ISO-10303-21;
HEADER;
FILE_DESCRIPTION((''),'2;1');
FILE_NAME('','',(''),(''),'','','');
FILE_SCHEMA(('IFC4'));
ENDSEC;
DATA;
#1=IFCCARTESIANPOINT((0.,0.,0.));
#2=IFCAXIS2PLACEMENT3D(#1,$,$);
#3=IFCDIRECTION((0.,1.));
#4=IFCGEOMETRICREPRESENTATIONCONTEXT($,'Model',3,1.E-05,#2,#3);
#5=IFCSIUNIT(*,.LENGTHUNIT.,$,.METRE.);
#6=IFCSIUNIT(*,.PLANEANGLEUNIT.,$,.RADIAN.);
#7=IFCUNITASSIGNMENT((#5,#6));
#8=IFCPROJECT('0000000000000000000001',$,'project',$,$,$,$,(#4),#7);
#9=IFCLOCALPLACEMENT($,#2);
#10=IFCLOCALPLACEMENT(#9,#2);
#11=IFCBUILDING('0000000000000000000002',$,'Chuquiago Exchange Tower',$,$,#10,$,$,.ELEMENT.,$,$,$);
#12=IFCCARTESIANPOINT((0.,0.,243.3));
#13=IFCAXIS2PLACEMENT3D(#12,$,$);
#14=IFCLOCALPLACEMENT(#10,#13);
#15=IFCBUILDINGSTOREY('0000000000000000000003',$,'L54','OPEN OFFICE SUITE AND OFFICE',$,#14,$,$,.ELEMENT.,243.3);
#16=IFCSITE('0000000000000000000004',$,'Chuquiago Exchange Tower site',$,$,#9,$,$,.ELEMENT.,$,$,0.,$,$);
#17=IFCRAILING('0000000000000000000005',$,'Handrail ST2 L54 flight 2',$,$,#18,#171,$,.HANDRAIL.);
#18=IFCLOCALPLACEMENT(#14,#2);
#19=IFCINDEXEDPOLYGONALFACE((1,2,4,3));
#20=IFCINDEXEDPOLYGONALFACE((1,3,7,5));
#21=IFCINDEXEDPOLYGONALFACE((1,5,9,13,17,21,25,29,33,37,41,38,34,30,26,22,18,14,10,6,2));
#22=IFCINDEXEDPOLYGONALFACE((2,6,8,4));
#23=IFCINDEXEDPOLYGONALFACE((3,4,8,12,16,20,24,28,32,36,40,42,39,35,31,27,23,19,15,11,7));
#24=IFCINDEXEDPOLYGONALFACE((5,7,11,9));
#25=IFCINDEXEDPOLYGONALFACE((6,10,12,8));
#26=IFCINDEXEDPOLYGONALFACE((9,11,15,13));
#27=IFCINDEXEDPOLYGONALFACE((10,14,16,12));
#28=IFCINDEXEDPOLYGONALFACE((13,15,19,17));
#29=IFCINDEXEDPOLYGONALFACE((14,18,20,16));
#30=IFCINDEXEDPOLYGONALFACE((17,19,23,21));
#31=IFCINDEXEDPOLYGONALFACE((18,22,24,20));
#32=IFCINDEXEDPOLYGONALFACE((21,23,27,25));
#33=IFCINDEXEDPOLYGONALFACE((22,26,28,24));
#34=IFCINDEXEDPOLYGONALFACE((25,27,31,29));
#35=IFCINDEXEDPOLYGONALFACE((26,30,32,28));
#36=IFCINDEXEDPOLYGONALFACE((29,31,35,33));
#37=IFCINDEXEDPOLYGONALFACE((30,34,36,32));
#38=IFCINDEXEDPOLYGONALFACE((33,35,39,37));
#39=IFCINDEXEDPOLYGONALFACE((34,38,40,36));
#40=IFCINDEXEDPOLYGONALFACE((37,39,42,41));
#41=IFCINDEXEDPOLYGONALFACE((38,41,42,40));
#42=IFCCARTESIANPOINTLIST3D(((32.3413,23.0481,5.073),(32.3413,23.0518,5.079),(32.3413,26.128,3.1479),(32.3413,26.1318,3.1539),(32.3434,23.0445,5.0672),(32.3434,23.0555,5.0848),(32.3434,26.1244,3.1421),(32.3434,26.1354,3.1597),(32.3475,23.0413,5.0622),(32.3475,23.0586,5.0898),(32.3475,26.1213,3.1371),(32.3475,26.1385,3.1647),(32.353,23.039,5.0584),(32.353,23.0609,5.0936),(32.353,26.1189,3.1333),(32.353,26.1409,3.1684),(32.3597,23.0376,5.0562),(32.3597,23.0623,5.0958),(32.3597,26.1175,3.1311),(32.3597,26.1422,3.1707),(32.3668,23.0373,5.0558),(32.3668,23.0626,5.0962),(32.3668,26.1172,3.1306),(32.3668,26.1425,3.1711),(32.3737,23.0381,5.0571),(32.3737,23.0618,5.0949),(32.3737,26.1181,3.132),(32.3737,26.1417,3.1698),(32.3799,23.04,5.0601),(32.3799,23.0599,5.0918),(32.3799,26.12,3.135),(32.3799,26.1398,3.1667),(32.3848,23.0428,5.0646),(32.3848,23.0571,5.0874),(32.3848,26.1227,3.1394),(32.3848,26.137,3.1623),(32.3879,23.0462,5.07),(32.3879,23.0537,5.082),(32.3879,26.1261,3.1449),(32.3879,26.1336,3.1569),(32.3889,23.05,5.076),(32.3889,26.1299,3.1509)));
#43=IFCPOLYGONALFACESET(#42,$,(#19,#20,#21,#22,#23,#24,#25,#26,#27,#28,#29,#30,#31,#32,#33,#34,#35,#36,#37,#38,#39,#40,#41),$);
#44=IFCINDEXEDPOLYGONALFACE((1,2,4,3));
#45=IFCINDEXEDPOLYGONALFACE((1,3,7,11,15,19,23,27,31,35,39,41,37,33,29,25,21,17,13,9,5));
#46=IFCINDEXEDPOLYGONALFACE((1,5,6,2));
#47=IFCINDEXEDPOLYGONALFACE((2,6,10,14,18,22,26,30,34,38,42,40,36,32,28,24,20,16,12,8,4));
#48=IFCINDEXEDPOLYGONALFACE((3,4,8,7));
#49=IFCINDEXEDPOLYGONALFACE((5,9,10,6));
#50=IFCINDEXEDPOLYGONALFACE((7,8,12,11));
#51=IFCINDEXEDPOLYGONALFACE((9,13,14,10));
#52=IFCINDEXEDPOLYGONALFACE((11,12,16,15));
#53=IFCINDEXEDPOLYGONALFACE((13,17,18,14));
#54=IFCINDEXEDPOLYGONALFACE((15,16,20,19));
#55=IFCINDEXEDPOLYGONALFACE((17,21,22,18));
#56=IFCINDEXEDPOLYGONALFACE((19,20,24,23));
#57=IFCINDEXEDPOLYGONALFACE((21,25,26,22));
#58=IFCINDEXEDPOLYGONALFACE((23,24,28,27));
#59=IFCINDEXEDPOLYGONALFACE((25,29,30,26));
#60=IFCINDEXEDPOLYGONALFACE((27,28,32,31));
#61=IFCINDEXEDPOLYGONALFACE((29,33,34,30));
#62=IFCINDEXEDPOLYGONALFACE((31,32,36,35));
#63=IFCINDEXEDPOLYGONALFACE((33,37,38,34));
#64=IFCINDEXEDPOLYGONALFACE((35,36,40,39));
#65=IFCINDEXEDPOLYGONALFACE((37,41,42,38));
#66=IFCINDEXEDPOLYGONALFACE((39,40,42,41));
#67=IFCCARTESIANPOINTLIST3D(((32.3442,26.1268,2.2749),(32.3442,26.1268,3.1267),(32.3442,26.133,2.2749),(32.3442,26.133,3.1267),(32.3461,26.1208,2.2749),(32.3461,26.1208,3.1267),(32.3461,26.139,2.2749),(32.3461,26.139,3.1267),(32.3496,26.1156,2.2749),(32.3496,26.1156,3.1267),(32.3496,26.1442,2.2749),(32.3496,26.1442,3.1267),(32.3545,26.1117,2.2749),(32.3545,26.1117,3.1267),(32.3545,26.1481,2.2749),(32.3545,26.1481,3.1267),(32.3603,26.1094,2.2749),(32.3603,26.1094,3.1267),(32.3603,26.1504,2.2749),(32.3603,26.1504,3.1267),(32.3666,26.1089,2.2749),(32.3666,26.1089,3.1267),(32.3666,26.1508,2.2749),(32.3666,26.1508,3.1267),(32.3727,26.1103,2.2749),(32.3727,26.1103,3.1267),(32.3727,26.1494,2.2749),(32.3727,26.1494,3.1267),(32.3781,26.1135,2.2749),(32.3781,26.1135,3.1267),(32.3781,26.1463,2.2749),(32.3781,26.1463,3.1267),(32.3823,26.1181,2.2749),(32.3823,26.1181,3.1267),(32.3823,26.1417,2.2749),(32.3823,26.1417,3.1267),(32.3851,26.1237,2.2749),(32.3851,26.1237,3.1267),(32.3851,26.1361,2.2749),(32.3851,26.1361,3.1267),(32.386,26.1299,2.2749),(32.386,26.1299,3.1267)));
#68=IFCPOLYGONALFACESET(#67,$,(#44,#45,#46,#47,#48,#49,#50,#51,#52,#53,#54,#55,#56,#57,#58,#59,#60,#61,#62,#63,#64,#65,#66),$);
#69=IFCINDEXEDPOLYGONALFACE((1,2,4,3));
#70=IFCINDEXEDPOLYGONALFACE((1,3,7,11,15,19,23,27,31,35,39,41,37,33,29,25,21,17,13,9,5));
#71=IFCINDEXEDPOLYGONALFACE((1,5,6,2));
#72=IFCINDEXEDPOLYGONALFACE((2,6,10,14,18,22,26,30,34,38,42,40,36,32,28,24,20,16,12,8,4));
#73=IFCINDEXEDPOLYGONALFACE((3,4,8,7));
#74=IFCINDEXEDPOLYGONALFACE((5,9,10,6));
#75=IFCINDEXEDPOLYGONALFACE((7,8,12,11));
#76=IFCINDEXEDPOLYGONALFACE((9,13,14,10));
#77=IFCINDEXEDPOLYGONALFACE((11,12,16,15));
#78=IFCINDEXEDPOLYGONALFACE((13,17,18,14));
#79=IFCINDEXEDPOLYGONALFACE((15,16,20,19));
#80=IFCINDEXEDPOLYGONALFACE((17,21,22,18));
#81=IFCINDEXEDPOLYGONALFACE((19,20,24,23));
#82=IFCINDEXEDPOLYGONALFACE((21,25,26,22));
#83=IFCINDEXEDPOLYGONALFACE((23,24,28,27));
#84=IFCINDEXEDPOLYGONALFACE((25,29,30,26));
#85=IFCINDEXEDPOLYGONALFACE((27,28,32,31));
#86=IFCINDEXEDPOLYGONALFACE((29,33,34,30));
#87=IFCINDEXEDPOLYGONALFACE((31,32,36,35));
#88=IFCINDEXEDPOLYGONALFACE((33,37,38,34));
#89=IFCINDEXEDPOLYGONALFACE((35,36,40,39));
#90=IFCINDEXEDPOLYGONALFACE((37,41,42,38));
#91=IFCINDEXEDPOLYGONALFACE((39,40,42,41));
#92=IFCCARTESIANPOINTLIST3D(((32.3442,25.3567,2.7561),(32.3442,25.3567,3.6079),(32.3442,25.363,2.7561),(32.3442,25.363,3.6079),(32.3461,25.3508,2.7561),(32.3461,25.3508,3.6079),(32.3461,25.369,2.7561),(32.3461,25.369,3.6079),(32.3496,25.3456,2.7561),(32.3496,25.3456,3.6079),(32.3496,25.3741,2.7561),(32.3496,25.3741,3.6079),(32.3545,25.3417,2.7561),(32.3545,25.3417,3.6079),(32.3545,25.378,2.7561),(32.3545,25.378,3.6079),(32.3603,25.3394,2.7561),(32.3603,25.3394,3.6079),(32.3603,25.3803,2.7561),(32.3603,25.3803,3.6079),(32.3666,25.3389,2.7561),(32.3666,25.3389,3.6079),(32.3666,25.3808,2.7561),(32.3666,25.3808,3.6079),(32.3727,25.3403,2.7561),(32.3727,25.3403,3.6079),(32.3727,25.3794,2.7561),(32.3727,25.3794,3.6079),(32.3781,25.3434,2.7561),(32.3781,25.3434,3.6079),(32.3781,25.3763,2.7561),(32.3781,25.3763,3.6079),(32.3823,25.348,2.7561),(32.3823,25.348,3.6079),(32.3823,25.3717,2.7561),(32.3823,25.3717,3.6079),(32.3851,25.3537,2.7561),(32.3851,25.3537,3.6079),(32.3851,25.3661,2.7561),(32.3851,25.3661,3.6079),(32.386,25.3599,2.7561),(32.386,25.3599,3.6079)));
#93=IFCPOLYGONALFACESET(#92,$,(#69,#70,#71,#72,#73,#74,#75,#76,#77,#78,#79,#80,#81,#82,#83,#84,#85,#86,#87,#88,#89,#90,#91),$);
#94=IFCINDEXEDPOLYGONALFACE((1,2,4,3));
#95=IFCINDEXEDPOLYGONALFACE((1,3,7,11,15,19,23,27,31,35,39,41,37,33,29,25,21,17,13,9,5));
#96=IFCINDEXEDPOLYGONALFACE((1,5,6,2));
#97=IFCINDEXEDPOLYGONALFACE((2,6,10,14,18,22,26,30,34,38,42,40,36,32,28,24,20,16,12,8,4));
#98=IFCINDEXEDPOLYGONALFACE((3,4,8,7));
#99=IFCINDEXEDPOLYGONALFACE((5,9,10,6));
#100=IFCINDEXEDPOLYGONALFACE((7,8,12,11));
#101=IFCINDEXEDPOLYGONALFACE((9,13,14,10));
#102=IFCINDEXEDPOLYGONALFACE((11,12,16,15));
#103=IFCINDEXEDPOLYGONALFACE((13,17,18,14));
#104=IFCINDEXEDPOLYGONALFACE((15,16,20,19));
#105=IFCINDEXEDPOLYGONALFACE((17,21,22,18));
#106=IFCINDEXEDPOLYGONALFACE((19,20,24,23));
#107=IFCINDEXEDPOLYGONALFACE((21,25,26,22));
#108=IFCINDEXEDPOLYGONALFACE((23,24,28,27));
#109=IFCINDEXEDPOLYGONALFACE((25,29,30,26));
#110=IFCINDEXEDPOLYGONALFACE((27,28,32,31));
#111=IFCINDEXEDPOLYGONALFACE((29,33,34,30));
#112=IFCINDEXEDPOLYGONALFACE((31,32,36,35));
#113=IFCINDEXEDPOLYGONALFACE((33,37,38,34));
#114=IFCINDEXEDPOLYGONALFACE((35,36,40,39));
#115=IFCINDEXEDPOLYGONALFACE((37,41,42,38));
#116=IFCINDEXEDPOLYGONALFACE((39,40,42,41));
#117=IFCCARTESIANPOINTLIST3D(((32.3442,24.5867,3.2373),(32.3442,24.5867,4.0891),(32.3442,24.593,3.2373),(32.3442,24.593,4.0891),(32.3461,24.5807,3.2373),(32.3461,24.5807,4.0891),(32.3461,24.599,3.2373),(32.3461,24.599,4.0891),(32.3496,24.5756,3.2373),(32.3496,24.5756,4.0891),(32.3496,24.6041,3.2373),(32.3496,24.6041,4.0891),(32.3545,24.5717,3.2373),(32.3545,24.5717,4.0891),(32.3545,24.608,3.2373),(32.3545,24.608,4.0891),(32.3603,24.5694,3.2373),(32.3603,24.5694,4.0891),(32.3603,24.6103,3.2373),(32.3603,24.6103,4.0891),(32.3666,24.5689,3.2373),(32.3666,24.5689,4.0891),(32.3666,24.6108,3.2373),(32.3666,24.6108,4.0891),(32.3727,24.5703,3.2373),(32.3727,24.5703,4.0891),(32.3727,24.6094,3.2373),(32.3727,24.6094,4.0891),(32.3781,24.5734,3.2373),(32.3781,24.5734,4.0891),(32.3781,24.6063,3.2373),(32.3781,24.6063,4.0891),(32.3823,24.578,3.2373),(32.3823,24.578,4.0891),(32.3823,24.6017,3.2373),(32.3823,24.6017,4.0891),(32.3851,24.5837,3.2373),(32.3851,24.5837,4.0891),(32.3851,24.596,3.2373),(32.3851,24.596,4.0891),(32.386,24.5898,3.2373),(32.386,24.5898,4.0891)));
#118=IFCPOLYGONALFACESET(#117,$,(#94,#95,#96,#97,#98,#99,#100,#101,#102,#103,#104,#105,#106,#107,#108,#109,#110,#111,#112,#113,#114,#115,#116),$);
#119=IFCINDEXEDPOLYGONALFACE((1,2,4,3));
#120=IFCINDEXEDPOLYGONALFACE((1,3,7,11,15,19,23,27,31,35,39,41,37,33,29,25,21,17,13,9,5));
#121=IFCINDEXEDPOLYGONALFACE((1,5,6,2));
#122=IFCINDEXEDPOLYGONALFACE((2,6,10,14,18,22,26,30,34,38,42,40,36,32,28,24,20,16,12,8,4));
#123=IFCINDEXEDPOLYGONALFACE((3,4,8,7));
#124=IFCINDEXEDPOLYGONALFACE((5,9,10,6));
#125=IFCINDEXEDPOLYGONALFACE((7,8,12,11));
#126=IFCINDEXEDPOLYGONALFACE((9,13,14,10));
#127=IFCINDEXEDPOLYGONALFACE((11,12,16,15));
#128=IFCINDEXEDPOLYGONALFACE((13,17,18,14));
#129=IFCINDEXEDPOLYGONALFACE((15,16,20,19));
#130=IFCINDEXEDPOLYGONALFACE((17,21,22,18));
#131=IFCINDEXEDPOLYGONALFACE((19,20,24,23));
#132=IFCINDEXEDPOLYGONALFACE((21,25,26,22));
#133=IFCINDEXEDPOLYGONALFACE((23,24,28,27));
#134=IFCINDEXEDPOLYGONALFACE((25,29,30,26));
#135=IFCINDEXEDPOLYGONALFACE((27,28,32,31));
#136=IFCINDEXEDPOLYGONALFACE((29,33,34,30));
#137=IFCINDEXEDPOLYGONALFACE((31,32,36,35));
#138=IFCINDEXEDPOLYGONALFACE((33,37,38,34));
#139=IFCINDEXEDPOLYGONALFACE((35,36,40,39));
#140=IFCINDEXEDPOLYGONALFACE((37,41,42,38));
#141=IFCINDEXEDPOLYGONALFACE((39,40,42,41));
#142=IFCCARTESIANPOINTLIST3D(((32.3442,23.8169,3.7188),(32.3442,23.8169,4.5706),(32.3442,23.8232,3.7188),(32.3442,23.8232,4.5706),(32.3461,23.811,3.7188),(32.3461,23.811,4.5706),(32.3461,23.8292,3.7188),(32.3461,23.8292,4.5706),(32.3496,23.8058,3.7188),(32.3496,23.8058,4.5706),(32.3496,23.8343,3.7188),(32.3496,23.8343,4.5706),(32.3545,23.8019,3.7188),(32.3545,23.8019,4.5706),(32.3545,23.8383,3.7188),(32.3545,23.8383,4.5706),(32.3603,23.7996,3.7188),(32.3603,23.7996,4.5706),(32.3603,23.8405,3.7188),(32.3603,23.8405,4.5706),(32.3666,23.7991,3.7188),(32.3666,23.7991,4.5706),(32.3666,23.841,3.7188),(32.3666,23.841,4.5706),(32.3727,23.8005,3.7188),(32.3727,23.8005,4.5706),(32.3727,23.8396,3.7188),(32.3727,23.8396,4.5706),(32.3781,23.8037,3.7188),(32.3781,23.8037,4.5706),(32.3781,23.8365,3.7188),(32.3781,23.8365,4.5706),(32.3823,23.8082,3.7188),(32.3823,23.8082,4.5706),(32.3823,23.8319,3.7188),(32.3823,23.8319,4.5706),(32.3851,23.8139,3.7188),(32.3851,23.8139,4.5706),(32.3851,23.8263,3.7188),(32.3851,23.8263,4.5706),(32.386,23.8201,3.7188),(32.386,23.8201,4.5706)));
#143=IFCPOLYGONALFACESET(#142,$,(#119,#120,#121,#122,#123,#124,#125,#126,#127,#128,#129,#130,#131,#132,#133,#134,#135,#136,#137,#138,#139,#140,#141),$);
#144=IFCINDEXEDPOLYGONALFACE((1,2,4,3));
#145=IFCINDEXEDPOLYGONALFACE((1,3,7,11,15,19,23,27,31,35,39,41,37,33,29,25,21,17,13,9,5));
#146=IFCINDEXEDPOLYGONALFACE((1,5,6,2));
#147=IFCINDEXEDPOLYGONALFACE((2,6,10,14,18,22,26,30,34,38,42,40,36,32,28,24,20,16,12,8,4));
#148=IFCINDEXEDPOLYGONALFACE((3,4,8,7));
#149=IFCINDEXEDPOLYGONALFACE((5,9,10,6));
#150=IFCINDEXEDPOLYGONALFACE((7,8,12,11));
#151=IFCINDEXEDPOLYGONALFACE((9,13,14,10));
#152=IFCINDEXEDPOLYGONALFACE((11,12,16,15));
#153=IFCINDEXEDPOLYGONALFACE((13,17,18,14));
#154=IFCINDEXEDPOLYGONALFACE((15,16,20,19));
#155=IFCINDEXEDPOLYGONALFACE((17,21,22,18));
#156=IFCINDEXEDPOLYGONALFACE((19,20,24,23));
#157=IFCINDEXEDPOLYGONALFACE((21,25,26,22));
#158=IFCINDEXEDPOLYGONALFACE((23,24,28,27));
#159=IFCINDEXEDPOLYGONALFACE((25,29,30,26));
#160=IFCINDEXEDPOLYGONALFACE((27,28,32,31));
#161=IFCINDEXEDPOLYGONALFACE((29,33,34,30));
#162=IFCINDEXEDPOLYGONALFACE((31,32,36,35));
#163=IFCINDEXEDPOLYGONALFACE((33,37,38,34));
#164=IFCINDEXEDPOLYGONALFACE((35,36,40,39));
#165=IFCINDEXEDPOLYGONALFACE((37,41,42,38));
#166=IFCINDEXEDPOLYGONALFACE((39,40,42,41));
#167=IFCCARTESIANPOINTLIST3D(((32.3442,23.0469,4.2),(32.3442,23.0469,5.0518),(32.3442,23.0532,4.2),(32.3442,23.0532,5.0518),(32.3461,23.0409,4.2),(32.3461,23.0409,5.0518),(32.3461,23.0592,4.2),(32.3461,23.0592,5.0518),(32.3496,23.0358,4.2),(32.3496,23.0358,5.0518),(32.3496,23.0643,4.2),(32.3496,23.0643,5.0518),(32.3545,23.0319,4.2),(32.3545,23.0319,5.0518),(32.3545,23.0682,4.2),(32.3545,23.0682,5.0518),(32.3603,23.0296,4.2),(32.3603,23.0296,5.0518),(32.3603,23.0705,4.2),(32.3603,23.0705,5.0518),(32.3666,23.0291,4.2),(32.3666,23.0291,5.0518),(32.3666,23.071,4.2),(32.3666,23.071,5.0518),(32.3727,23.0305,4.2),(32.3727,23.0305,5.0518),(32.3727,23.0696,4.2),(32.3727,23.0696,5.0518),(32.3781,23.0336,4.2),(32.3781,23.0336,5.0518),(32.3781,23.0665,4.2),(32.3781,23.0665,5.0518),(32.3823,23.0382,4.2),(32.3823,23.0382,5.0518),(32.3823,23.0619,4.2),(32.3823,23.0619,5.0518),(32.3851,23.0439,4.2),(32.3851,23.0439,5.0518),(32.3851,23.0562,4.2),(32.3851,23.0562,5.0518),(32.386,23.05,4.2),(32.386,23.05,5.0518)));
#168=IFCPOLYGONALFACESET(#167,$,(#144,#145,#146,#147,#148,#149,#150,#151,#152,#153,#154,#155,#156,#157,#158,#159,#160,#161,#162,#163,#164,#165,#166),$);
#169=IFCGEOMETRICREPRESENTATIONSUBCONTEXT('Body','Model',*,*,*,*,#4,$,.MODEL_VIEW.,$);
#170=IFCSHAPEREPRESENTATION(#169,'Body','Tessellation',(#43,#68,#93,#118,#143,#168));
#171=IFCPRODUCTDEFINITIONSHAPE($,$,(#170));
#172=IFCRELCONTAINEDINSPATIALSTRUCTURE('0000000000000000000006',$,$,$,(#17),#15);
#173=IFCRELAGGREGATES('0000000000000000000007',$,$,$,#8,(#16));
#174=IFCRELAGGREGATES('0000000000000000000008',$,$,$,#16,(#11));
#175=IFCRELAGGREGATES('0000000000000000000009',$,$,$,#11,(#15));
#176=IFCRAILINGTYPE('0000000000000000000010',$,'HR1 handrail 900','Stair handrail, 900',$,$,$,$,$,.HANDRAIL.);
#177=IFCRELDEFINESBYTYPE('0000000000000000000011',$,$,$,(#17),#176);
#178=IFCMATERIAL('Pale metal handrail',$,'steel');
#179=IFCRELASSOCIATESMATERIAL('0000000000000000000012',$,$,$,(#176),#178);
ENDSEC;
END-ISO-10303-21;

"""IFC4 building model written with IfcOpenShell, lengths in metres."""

from ifc_helpers import new_model, si_unit, direction, frame, origin, origin_2d, place, context, subcontext, project, spatial, circle, extrude, material, type_object, element, save


model = new_model("IFC4")

# Units and contexts
model_context = context("Model", 3, precision=1e-05, world=origin(), true_north=direction((0.0, 1.0)))
body_context = subcontext(model_context, "Body", "Model", "MODEL_VIEW")
ifc_project = project(units=[si_unit("LENGTHUNIT", "METRE"), si_unit("PLANEANGLEUNIT", "RADIAN")], contexts=[model_context])

# Site, building, storey
site_placement = place(None, origin())
site = spatial("IfcSite", under=ifc_project, at=site_placement, Name="Chuquiago Exchange Tower site", CompositionType="ELEMENT", RefElevation=0.0)
building_placement = place(site_placement, origin())
building = spatial("IfcBuilding", under=site, at=building_placement, Name="Chuquiago Exchange Tower", CompositionType="ELEMENT")
storey_placement = place(building_placement, frame((0.0, 0.0, 243.3)))
storey = spatial("IfcBuildingStorey", under=building, at=storey_placement, Name="L54", Description="OPEN OFFICE SUITE AND OFFICE", CompositionType="ELEMENT", Elevation=243.3)

# Railing
ifc_material_1 = material(Name="Pale metal handrail", Category="steel")
railing_type_1 = type_object("IfcRailingType", Name="HR1 handrail 900", Description="Stair handrail, 900", PredefinedType="HANDRAIL", material=ifc_material_1)
for number, where, name in (
    (1, (32.365, 26.1299, 2.2749), "Handrail ST2 L54 flight 2"),
):
    element("IfcRailing", number, at=place(storey_placement, frame(where)), inside=storey, type_object=railing_type_1, Name=name, PredefinedType="HANDRAIL", context=body_context, shape_type="SweptSolid", body=[
        extrude(circle(Radius=0.0239, at=origin_2d()), frame((0.0, 0.0, 0.876), z_axis=(0.0, -0.847979, 0.530029), x_axis=(1.0, 0.0, 0.0)), (0.0, 0.0, 1.0), 3.6321),
        extrude(circle(Radius=0.021, at=origin_2d()), origin(), (0.0, 0.0, 1.0), 0.8518),
        extrude(circle(Radius=0.021, at=origin_2d()), frame((0.0, -0.77, 0.4812)), (0.0, 0.0, 1.0), 0.8518),
        extrude(circle(Radius=0.021, at=origin_2d()), frame((0.0, -1.54, 0.9624)), (0.0, 0.0, 1.0), 0.8518),
        extrude(circle(Radius=0.021, at=origin_2d()), frame((0.0, -2.3098, 1.4438)), (0.0, 0.0, 1.0), 0.8518),
        extrude(circle(Radius=0.021, at=origin_2d()), frame((0.0, -3.0798, 1.925)), (0.0, 0.0, 1.0), 0.8518),
    ])

save(model, "model.ifc")
